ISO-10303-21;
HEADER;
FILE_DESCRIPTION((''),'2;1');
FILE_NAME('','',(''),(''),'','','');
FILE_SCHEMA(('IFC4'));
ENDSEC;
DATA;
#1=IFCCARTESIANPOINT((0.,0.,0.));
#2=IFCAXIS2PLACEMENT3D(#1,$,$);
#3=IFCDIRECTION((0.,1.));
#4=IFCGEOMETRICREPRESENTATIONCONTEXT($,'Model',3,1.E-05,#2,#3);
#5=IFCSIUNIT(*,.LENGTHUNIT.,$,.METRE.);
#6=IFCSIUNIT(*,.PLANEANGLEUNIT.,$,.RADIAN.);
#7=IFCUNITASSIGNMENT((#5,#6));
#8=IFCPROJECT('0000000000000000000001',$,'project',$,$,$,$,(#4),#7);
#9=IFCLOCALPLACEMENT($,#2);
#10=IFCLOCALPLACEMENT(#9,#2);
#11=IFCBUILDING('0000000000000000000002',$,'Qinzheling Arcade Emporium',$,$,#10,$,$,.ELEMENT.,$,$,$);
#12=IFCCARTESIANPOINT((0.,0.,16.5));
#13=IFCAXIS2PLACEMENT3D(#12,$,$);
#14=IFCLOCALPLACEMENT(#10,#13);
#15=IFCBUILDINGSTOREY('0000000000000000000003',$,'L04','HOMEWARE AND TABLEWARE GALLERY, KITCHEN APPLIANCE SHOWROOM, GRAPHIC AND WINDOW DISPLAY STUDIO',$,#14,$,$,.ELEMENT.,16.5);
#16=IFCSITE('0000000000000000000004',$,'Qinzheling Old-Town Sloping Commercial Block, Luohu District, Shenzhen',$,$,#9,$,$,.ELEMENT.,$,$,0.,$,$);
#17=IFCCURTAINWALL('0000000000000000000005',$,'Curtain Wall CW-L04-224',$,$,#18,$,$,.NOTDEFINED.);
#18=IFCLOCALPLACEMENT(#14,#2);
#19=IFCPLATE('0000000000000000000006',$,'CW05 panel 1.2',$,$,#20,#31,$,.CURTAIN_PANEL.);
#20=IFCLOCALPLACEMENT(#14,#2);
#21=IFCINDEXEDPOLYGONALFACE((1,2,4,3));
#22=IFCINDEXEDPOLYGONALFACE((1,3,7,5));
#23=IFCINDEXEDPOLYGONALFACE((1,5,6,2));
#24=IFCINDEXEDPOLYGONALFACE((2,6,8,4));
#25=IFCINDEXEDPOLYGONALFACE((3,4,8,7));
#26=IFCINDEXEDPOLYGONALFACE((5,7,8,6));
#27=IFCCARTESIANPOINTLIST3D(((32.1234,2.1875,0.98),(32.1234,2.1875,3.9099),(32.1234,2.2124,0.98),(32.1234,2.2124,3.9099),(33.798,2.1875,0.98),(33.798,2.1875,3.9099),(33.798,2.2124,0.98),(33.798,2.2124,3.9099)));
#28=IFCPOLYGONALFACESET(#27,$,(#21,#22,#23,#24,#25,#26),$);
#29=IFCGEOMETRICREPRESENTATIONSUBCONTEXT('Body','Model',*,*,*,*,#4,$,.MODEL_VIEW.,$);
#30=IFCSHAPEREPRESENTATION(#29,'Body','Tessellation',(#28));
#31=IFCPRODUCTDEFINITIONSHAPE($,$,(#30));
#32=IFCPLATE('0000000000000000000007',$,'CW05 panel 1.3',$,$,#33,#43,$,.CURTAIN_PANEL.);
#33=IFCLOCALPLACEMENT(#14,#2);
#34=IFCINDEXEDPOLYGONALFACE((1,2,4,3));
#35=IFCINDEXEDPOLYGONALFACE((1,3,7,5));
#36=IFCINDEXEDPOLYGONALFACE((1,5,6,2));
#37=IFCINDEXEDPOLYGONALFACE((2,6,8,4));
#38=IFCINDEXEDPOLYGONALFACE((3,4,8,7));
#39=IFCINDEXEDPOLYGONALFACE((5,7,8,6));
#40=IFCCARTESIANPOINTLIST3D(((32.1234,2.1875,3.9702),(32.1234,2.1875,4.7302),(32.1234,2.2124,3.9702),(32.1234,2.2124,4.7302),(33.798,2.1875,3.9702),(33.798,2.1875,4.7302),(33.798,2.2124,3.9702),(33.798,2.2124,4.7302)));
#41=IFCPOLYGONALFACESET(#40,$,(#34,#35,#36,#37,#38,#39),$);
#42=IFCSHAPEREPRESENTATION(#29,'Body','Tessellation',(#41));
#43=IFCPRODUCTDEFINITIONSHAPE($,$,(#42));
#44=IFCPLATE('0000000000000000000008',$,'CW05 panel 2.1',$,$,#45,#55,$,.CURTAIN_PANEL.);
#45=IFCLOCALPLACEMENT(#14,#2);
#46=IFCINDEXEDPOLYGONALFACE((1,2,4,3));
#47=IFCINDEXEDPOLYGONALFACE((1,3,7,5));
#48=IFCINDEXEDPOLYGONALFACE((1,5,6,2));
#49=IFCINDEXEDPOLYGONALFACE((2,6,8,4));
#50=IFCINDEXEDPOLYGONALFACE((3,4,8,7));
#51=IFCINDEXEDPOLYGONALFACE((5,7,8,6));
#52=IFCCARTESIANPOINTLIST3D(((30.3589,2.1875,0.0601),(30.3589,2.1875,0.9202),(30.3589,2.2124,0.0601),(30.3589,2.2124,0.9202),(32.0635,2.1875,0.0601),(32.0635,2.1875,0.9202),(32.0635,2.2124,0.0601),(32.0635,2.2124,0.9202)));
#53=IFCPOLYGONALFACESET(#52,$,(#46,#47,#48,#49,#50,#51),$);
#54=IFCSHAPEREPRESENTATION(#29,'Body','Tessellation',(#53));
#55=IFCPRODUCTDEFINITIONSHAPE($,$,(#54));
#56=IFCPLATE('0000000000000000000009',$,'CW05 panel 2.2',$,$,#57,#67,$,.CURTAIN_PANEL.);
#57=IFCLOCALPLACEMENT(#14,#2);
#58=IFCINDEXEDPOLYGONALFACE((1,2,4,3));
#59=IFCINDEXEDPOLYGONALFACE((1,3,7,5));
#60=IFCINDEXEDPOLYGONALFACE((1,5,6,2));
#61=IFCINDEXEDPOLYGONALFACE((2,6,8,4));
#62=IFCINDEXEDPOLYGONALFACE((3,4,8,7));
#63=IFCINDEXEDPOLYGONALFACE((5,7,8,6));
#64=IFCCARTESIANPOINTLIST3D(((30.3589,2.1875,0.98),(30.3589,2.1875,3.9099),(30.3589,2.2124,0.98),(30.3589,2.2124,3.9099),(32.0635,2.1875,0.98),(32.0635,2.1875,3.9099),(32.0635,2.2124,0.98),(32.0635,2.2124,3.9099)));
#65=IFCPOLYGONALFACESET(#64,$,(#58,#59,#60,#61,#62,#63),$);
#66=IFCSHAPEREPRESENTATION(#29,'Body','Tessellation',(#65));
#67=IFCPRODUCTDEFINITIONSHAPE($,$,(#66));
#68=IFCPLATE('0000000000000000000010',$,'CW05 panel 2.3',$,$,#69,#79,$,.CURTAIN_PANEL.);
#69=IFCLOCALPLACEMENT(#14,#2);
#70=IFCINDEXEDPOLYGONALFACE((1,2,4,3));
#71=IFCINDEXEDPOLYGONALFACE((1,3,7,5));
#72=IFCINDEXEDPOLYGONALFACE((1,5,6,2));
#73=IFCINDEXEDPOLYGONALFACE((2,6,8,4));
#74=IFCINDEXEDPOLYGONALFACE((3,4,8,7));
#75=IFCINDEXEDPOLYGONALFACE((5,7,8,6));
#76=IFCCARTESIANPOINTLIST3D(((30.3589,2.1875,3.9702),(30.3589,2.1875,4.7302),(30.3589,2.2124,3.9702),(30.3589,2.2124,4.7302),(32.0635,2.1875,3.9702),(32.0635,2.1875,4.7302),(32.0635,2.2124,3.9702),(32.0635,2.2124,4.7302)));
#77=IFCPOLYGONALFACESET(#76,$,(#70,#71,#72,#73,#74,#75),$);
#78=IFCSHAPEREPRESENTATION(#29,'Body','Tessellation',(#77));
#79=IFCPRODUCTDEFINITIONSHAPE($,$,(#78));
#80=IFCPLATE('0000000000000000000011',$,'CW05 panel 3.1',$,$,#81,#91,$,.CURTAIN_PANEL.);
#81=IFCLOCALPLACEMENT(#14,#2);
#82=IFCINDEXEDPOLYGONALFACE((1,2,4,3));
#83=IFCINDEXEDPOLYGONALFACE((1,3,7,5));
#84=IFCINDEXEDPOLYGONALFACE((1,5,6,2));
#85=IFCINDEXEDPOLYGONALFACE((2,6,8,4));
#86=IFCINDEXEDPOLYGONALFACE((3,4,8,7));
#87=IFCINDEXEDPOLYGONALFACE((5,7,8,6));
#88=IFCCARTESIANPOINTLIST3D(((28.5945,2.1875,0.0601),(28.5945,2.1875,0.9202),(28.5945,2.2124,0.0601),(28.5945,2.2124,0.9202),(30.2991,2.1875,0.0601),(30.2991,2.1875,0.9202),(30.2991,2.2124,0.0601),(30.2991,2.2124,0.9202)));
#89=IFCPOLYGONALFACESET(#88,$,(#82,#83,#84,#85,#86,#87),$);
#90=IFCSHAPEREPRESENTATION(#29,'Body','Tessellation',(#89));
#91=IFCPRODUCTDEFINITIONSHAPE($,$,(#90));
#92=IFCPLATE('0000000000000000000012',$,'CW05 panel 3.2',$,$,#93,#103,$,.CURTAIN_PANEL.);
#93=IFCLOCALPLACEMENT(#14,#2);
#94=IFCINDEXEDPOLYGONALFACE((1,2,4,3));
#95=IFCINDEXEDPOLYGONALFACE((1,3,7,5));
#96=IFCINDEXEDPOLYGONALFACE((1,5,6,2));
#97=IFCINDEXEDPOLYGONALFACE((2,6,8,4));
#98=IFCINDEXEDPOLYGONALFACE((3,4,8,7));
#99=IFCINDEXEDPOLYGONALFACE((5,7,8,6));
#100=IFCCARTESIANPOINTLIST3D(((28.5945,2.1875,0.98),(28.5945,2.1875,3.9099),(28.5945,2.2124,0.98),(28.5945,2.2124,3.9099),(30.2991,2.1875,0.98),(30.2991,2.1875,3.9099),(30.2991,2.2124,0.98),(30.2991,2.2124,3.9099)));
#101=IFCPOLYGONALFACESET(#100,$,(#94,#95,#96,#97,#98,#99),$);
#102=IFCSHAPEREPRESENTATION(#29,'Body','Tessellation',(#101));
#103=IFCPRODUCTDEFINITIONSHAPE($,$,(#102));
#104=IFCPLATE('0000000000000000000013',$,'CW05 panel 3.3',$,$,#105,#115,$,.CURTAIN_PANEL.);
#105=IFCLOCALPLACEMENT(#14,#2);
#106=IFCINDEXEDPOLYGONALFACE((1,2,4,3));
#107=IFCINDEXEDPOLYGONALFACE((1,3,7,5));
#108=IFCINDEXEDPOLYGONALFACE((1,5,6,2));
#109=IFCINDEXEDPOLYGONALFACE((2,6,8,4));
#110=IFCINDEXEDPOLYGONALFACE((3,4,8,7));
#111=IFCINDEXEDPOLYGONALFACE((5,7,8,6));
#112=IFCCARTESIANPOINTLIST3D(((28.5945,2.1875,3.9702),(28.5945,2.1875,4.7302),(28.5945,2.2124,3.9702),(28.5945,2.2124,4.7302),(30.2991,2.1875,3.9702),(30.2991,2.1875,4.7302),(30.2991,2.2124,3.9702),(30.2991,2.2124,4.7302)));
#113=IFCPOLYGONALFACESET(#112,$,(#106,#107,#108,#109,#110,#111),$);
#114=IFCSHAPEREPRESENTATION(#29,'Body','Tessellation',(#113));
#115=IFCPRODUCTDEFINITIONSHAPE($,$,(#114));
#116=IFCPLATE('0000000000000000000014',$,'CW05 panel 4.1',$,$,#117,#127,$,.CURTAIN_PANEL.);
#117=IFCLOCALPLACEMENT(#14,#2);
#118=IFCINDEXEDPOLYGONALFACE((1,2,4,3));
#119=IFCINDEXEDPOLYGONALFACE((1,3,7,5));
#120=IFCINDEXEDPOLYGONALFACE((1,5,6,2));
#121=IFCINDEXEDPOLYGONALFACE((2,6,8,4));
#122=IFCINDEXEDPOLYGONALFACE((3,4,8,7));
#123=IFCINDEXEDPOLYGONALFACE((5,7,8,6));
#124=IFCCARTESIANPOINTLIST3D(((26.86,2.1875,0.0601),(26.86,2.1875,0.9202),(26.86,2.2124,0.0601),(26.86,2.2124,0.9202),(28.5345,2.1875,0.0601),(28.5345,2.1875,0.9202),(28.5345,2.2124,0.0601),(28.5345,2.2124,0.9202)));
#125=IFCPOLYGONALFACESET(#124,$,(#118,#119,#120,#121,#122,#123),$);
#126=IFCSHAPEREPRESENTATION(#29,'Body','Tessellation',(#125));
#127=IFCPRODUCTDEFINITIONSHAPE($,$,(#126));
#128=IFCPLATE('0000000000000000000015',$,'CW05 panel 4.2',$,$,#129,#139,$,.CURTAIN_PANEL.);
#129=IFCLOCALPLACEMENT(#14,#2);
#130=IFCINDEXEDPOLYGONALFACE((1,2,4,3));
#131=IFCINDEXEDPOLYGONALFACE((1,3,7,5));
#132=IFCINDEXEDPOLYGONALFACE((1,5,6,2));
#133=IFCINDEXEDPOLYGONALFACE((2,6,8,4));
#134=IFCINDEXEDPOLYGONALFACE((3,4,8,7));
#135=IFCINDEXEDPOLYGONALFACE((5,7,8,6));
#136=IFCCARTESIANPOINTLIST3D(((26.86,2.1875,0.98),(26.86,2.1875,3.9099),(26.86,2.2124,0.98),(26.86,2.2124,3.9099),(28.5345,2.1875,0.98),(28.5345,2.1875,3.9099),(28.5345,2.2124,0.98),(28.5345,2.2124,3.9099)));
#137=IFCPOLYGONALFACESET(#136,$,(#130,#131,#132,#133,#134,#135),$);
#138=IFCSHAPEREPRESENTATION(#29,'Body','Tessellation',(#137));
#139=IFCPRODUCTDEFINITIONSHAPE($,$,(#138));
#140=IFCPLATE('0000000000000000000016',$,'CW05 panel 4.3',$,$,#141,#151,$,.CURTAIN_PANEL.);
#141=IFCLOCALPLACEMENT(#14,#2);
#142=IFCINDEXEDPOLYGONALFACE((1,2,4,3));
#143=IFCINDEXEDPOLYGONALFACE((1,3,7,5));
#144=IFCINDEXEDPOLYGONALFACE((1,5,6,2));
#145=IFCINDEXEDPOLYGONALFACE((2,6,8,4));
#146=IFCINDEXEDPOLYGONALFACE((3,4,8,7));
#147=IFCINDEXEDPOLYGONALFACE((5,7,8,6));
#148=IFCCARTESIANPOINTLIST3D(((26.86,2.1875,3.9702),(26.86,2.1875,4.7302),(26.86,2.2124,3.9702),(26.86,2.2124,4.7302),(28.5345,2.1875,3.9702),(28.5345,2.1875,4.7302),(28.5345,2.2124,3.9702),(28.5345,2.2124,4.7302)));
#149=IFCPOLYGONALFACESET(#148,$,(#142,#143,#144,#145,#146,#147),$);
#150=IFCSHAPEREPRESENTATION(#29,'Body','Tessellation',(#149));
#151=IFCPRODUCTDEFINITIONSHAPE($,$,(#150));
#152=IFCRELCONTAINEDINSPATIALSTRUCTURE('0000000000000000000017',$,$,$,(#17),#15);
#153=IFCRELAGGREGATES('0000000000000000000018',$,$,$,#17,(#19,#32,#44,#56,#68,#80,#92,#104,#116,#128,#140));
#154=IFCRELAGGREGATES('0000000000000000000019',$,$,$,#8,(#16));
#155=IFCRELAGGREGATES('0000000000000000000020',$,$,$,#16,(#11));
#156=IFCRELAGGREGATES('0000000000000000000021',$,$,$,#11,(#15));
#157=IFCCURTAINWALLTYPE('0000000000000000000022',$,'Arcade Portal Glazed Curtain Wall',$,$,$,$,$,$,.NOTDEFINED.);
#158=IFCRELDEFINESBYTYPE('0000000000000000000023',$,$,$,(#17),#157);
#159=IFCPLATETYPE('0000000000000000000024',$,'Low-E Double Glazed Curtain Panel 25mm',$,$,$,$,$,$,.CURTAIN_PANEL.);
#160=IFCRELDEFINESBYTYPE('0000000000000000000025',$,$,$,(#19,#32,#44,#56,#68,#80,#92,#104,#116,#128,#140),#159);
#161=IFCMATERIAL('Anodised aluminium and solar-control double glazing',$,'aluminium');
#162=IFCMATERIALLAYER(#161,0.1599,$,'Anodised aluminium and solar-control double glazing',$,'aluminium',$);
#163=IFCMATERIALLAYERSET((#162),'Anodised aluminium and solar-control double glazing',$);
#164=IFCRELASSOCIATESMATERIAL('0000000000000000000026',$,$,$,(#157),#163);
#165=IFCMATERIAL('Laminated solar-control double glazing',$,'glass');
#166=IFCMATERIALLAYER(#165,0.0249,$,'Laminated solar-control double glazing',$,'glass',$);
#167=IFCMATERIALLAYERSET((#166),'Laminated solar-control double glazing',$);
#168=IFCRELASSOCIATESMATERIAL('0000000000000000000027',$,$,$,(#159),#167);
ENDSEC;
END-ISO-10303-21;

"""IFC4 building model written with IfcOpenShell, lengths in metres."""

from ifc_helpers import new_model, si_unit, direction, frame, origin, origin_2d, place, context, subcontext, project, spatial, rectangle, extrude, material, layer, layer_set, type_object, element, aggregate, save


model = new_model("IFC4")

# Units and contexts
model_context = context("Model", 3, precision=1e-05, world=origin(), true_north=direction((0.0, 1.0)))
body_context = subcontext(model_context, "Body", "Model", "MODEL_VIEW")
ifc_project = project(units=[si_unit("LENGTHUNIT", "METRE"), si_unit("PLANEANGLEUNIT", "RADIAN")], contexts=[model_context])

# Site, building, storey
site_placement = place(None, origin())
site = spatial("IfcSite", under=ifc_project, at=site_placement, Name="Qinzheling Old-Town Sloping Commercial Block, Luohu District, Shenzhen", CompositionType="ELEMENT", RefElevation=0.0)
building_placement = place(site_placement, origin())
building = spatial("IfcBuilding", under=site, at=building_placement, Name="Qinzheling Arcade Emporium", CompositionType="ELEMENT")
storey_placement = place(building_placement, frame((0.0, 0.0, 16.5)))
storey = spatial("IfcBuildingStorey", under=building, at=storey_placement, Name="L04", Description="HOMEWARE AND TABLEWARE GALLERY, KITCHEN APPLIANCE SHOWROOM, GRAPHIC AND WINDOW DISPLAY STUDIO", CompositionType="ELEMENT", Elevation=16.5)

# Shared definitions
ifc_material_1 = material(Name="Anodised aluminium and solar-control double glazing", Category="aluminium")
ifc_layer_1 = layer(ifc_material_1, 0.1599, Name="Anodised aluminium and solar-control double glazing", Category="aluminium")
ifc_layer_set_1 = layer_set([ifc_layer_1], Name="Anodised aluminium and solar-control double glazing")
curtain_wall_type = type_object("IfcCurtainWallType", Name="Arcade Portal Glazed Curtain Wall", PredefinedType="NOTDEFINED", material=ifc_layer_set_1)

# Curtain wall
curtain_wall_1_placement = place(storey_placement, origin())
curtain_wall_1 = element("IfcCurtainWall", 1, at=curtain_wall_1_placement, inside=storey, type_object=curtain_wall_type, Name="Curtain Wall CW-L04-224", PredefinedType="NOTDEFINED")

# Plates
ifc_material_2 = material(Name="Laminated solar-control double glazing", Category="glass")
ifc_layer_2 = layer(ifc_material_2, 0.0249, Name="Laminated solar-control double glazing", Category="glass")
ifc_layer_set_2 = layer_set([ifc_layer_2], Name="Laminated solar-control double glazing")
plate_type_1 = type_object("IfcPlateType", Name="Low-E Double Glazed Curtain Panel 25mm", PredefinedType="CURTAIN_PANEL", material=ifc_layer_set_2)
plate_1_placement = place(storey_placement, frame((32.9607, 2.2, 0.98), z_axis=(0.0, 0.0, 1.0), x_axis=(-1.0, 0.0, 0.0)))
plate_1 = element("IfcPlate", 2, at=plate_1_placement, type_object=plate_type_1, Name="CW05 panel 1.2", PredefinedType="CURTAIN_PANEL", context=body_context, shape_type="SweptSolid", body=[
    extrude(rectangle(XDim=1.6746, YDim=0.0249, at=origin_2d()), origin(), (0.0, 0.0, 1.0), 2.9299),
])
plate_2_placement = place(storey_placement, frame((32.9607, 2.2, 3.9702), z_axis=(0.0, 0.0, 1.0), x_axis=(-1.0, 0.0, 0.0)))
plate_2 = element("IfcPlate", 3, at=plate_2_placement, type_object=plate_type_1, Name="CW05 panel 1.3", PredefinedType="CURTAIN_PANEL", context=body_context, shape_type="SweptSolid", body=[
    extrude(rectangle(XDim=1.6746, YDim=0.0249, at=origin_2d()), origin(), (0.0, 0.0, 1.0), 0.76),
])
plate_3_placement = place(storey_placement, frame((31.2112, 2.2, 0.0601), z_axis=(0.0, 0.0, 1.0), x_axis=(-1.0, 0.0, 0.0)))
plate_3 = element("IfcPlate", 4, at=plate_3_placement, type_object=plate_type_1, Name="CW05 panel 2.1", PredefinedType="CURTAIN_PANEL", context=body_context, shape_type="SweptSolid", body=[
    extrude(rectangle(XDim=1.7046, YDim=0.0249, at=origin_2d()), origin(), (0.0, 0.0, 1.0), 0.8601),
])
plate_4_placement = place(storey_placement, frame((31.2112, 2.2, 0.98), z_axis=(0.0, 0.0, 1.0), x_axis=(-1.0, 0.0, 0.0)))
plate_4 = element("IfcPlate", 5, at=plate_4_placement, type_object=plate_type_1, Name="CW05 panel 2.2", PredefinedType="CURTAIN_PANEL", context=body_context, shape_type="SweptSolid", body=[
    extrude(rectangle(XDim=1.7046, YDim=0.0249, at=origin_2d()), origin(), (0.0, 0.0, 1.0), 2.9299),
])
plate_5_placement = place(storey_placement, frame((31.2112, 2.2, 3.9702), z_axis=(0.0, 0.0, 1.0), x_axis=(-1.0, 0.0, 0.0)))
plate_5 = element("IfcPlate", 6, at=plate_5_placement, type_object=plate_type_1, Name="CW05 panel 2.3", PredefinedType="CURTAIN_PANEL", context=body_context, shape_type="SweptSolid", body=[
    extrude(rectangle(XDim=1.7046, YDim=0.0249, at=origin_2d()), origin(), (0.0, 0.0, 1.0), 0.76),
])
plate_6_placement = place(storey_placement, frame((29.4468, 2.2, 0.0601), z_axis=(0.0, 0.0, 1.0), x_axis=(-1.0, 0.0, 0.0)))
plate_6 = element("IfcPlate", 7, at=plate_6_placement, type_object=plate_type_1, Name="CW05 panel 3.1", PredefinedType="CURTAIN_PANEL", context=body_context, shape_type="SweptSolid", body=[
    extrude(rectangle(XDim=1.7046, YDim=0.0249, at=origin_2d()), origin(), (0.0, 0.0, 1.0), 0.8601),
])
plate_7_placement = place(storey_placement, frame((29.4468, 2.2, 0.98), z_axis=(0.0, 0.0, 1.0), x_axis=(-1.0, 0.0, 0.0)))
plate_7 = element("IfcPlate", 8, at=plate_7_placement, type_object=plate_type_1, Name="CW05 panel 3.2", PredefinedType="CURTAIN_PANEL", context=body_context, shape_type="SweptSolid", body=[
    extrude(rectangle(XDim=1.7046, YDim=0.0249, at=origin_2d()), origin(), (0.0, 0.0, 1.0), 2.9299),
])
plate_8_placement = place(storey_placement, frame((29.4468, 2.2, 3.9702), z_axis=(0.0, 0.0, 1.0), x_axis=(-1.0, 0.0, 0.0)))
plate_8 = element("IfcPlate", 9, at=plate_8_placement, type_object=plate_type_1, Name="CW05 panel 3.3", PredefinedType="CURTAIN_PANEL", context=body_context, shape_type="SweptSolid", body=[
    extrude(rectangle(XDim=1.7046, YDim=0.0249, at=origin_2d()), origin(), (0.0, 0.0, 1.0), 0.76),
])
plate_9_placement = place(storey_placement, frame((27.6973, 2.2, 0.0601), z_axis=(0.0, 0.0, 1.0), x_axis=(-1.0, 0.0, 0.0)))
plate_9 = element("IfcPlate", 10, at=plate_9_placement, type_object=plate_type_1, Name="CW05 panel 4.1", PredefinedType="CURTAIN_PANEL", context=body_context, shape_type="SweptSolid", body=[
    extrude(rectangle(XDim=1.6746, YDim=0.0249, at=origin_2d()), origin(), (0.0, 0.0, 1.0), 0.8601),
])
plate_10_placement = place(storey_placement, frame((27.6973, 2.2, 0.98), z_axis=(0.0, 0.0, 1.0), x_axis=(-1.0, 0.0, 0.0)))
plate_10 = element("IfcPlate", 11, at=plate_10_placement, type_object=plate_type_1, Name="CW05 panel 4.2", PredefinedType="CURTAIN_PANEL", context=body_context, shape_type="SweptSolid", body=[
    extrude(rectangle(XDim=1.6746, YDim=0.0249, at=origin_2d()), origin(), (0.0, 0.0, 1.0), 2.9299),
])
plate_11_placement = place(storey_placement, frame((27.6973, 2.2, 3.9702), z_axis=(0.0, 0.0, 1.0), x_axis=(-1.0, 0.0, 0.0)))
plate_11 = element("IfcPlate", 12, at=plate_11_placement, type_object=plate_type_1, Name="CW05 panel 4.3", PredefinedType="CURTAIN_PANEL", context=body_context, shape_type="SweptSolid", body=[
    extrude(rectangle(XDim=1.6746, YDim=0.0249, at=origin_2d()), origin(), (0.0, 0.0, 1.0), 0.76),
])
aggregate(curtain_wall_1, [plate_1, plate_2, plate_3, plate_4, plate_5, plate_6, plate_7, plate_8, plate_9, plate_10, plate_11])

save(model, "model.ifc")
